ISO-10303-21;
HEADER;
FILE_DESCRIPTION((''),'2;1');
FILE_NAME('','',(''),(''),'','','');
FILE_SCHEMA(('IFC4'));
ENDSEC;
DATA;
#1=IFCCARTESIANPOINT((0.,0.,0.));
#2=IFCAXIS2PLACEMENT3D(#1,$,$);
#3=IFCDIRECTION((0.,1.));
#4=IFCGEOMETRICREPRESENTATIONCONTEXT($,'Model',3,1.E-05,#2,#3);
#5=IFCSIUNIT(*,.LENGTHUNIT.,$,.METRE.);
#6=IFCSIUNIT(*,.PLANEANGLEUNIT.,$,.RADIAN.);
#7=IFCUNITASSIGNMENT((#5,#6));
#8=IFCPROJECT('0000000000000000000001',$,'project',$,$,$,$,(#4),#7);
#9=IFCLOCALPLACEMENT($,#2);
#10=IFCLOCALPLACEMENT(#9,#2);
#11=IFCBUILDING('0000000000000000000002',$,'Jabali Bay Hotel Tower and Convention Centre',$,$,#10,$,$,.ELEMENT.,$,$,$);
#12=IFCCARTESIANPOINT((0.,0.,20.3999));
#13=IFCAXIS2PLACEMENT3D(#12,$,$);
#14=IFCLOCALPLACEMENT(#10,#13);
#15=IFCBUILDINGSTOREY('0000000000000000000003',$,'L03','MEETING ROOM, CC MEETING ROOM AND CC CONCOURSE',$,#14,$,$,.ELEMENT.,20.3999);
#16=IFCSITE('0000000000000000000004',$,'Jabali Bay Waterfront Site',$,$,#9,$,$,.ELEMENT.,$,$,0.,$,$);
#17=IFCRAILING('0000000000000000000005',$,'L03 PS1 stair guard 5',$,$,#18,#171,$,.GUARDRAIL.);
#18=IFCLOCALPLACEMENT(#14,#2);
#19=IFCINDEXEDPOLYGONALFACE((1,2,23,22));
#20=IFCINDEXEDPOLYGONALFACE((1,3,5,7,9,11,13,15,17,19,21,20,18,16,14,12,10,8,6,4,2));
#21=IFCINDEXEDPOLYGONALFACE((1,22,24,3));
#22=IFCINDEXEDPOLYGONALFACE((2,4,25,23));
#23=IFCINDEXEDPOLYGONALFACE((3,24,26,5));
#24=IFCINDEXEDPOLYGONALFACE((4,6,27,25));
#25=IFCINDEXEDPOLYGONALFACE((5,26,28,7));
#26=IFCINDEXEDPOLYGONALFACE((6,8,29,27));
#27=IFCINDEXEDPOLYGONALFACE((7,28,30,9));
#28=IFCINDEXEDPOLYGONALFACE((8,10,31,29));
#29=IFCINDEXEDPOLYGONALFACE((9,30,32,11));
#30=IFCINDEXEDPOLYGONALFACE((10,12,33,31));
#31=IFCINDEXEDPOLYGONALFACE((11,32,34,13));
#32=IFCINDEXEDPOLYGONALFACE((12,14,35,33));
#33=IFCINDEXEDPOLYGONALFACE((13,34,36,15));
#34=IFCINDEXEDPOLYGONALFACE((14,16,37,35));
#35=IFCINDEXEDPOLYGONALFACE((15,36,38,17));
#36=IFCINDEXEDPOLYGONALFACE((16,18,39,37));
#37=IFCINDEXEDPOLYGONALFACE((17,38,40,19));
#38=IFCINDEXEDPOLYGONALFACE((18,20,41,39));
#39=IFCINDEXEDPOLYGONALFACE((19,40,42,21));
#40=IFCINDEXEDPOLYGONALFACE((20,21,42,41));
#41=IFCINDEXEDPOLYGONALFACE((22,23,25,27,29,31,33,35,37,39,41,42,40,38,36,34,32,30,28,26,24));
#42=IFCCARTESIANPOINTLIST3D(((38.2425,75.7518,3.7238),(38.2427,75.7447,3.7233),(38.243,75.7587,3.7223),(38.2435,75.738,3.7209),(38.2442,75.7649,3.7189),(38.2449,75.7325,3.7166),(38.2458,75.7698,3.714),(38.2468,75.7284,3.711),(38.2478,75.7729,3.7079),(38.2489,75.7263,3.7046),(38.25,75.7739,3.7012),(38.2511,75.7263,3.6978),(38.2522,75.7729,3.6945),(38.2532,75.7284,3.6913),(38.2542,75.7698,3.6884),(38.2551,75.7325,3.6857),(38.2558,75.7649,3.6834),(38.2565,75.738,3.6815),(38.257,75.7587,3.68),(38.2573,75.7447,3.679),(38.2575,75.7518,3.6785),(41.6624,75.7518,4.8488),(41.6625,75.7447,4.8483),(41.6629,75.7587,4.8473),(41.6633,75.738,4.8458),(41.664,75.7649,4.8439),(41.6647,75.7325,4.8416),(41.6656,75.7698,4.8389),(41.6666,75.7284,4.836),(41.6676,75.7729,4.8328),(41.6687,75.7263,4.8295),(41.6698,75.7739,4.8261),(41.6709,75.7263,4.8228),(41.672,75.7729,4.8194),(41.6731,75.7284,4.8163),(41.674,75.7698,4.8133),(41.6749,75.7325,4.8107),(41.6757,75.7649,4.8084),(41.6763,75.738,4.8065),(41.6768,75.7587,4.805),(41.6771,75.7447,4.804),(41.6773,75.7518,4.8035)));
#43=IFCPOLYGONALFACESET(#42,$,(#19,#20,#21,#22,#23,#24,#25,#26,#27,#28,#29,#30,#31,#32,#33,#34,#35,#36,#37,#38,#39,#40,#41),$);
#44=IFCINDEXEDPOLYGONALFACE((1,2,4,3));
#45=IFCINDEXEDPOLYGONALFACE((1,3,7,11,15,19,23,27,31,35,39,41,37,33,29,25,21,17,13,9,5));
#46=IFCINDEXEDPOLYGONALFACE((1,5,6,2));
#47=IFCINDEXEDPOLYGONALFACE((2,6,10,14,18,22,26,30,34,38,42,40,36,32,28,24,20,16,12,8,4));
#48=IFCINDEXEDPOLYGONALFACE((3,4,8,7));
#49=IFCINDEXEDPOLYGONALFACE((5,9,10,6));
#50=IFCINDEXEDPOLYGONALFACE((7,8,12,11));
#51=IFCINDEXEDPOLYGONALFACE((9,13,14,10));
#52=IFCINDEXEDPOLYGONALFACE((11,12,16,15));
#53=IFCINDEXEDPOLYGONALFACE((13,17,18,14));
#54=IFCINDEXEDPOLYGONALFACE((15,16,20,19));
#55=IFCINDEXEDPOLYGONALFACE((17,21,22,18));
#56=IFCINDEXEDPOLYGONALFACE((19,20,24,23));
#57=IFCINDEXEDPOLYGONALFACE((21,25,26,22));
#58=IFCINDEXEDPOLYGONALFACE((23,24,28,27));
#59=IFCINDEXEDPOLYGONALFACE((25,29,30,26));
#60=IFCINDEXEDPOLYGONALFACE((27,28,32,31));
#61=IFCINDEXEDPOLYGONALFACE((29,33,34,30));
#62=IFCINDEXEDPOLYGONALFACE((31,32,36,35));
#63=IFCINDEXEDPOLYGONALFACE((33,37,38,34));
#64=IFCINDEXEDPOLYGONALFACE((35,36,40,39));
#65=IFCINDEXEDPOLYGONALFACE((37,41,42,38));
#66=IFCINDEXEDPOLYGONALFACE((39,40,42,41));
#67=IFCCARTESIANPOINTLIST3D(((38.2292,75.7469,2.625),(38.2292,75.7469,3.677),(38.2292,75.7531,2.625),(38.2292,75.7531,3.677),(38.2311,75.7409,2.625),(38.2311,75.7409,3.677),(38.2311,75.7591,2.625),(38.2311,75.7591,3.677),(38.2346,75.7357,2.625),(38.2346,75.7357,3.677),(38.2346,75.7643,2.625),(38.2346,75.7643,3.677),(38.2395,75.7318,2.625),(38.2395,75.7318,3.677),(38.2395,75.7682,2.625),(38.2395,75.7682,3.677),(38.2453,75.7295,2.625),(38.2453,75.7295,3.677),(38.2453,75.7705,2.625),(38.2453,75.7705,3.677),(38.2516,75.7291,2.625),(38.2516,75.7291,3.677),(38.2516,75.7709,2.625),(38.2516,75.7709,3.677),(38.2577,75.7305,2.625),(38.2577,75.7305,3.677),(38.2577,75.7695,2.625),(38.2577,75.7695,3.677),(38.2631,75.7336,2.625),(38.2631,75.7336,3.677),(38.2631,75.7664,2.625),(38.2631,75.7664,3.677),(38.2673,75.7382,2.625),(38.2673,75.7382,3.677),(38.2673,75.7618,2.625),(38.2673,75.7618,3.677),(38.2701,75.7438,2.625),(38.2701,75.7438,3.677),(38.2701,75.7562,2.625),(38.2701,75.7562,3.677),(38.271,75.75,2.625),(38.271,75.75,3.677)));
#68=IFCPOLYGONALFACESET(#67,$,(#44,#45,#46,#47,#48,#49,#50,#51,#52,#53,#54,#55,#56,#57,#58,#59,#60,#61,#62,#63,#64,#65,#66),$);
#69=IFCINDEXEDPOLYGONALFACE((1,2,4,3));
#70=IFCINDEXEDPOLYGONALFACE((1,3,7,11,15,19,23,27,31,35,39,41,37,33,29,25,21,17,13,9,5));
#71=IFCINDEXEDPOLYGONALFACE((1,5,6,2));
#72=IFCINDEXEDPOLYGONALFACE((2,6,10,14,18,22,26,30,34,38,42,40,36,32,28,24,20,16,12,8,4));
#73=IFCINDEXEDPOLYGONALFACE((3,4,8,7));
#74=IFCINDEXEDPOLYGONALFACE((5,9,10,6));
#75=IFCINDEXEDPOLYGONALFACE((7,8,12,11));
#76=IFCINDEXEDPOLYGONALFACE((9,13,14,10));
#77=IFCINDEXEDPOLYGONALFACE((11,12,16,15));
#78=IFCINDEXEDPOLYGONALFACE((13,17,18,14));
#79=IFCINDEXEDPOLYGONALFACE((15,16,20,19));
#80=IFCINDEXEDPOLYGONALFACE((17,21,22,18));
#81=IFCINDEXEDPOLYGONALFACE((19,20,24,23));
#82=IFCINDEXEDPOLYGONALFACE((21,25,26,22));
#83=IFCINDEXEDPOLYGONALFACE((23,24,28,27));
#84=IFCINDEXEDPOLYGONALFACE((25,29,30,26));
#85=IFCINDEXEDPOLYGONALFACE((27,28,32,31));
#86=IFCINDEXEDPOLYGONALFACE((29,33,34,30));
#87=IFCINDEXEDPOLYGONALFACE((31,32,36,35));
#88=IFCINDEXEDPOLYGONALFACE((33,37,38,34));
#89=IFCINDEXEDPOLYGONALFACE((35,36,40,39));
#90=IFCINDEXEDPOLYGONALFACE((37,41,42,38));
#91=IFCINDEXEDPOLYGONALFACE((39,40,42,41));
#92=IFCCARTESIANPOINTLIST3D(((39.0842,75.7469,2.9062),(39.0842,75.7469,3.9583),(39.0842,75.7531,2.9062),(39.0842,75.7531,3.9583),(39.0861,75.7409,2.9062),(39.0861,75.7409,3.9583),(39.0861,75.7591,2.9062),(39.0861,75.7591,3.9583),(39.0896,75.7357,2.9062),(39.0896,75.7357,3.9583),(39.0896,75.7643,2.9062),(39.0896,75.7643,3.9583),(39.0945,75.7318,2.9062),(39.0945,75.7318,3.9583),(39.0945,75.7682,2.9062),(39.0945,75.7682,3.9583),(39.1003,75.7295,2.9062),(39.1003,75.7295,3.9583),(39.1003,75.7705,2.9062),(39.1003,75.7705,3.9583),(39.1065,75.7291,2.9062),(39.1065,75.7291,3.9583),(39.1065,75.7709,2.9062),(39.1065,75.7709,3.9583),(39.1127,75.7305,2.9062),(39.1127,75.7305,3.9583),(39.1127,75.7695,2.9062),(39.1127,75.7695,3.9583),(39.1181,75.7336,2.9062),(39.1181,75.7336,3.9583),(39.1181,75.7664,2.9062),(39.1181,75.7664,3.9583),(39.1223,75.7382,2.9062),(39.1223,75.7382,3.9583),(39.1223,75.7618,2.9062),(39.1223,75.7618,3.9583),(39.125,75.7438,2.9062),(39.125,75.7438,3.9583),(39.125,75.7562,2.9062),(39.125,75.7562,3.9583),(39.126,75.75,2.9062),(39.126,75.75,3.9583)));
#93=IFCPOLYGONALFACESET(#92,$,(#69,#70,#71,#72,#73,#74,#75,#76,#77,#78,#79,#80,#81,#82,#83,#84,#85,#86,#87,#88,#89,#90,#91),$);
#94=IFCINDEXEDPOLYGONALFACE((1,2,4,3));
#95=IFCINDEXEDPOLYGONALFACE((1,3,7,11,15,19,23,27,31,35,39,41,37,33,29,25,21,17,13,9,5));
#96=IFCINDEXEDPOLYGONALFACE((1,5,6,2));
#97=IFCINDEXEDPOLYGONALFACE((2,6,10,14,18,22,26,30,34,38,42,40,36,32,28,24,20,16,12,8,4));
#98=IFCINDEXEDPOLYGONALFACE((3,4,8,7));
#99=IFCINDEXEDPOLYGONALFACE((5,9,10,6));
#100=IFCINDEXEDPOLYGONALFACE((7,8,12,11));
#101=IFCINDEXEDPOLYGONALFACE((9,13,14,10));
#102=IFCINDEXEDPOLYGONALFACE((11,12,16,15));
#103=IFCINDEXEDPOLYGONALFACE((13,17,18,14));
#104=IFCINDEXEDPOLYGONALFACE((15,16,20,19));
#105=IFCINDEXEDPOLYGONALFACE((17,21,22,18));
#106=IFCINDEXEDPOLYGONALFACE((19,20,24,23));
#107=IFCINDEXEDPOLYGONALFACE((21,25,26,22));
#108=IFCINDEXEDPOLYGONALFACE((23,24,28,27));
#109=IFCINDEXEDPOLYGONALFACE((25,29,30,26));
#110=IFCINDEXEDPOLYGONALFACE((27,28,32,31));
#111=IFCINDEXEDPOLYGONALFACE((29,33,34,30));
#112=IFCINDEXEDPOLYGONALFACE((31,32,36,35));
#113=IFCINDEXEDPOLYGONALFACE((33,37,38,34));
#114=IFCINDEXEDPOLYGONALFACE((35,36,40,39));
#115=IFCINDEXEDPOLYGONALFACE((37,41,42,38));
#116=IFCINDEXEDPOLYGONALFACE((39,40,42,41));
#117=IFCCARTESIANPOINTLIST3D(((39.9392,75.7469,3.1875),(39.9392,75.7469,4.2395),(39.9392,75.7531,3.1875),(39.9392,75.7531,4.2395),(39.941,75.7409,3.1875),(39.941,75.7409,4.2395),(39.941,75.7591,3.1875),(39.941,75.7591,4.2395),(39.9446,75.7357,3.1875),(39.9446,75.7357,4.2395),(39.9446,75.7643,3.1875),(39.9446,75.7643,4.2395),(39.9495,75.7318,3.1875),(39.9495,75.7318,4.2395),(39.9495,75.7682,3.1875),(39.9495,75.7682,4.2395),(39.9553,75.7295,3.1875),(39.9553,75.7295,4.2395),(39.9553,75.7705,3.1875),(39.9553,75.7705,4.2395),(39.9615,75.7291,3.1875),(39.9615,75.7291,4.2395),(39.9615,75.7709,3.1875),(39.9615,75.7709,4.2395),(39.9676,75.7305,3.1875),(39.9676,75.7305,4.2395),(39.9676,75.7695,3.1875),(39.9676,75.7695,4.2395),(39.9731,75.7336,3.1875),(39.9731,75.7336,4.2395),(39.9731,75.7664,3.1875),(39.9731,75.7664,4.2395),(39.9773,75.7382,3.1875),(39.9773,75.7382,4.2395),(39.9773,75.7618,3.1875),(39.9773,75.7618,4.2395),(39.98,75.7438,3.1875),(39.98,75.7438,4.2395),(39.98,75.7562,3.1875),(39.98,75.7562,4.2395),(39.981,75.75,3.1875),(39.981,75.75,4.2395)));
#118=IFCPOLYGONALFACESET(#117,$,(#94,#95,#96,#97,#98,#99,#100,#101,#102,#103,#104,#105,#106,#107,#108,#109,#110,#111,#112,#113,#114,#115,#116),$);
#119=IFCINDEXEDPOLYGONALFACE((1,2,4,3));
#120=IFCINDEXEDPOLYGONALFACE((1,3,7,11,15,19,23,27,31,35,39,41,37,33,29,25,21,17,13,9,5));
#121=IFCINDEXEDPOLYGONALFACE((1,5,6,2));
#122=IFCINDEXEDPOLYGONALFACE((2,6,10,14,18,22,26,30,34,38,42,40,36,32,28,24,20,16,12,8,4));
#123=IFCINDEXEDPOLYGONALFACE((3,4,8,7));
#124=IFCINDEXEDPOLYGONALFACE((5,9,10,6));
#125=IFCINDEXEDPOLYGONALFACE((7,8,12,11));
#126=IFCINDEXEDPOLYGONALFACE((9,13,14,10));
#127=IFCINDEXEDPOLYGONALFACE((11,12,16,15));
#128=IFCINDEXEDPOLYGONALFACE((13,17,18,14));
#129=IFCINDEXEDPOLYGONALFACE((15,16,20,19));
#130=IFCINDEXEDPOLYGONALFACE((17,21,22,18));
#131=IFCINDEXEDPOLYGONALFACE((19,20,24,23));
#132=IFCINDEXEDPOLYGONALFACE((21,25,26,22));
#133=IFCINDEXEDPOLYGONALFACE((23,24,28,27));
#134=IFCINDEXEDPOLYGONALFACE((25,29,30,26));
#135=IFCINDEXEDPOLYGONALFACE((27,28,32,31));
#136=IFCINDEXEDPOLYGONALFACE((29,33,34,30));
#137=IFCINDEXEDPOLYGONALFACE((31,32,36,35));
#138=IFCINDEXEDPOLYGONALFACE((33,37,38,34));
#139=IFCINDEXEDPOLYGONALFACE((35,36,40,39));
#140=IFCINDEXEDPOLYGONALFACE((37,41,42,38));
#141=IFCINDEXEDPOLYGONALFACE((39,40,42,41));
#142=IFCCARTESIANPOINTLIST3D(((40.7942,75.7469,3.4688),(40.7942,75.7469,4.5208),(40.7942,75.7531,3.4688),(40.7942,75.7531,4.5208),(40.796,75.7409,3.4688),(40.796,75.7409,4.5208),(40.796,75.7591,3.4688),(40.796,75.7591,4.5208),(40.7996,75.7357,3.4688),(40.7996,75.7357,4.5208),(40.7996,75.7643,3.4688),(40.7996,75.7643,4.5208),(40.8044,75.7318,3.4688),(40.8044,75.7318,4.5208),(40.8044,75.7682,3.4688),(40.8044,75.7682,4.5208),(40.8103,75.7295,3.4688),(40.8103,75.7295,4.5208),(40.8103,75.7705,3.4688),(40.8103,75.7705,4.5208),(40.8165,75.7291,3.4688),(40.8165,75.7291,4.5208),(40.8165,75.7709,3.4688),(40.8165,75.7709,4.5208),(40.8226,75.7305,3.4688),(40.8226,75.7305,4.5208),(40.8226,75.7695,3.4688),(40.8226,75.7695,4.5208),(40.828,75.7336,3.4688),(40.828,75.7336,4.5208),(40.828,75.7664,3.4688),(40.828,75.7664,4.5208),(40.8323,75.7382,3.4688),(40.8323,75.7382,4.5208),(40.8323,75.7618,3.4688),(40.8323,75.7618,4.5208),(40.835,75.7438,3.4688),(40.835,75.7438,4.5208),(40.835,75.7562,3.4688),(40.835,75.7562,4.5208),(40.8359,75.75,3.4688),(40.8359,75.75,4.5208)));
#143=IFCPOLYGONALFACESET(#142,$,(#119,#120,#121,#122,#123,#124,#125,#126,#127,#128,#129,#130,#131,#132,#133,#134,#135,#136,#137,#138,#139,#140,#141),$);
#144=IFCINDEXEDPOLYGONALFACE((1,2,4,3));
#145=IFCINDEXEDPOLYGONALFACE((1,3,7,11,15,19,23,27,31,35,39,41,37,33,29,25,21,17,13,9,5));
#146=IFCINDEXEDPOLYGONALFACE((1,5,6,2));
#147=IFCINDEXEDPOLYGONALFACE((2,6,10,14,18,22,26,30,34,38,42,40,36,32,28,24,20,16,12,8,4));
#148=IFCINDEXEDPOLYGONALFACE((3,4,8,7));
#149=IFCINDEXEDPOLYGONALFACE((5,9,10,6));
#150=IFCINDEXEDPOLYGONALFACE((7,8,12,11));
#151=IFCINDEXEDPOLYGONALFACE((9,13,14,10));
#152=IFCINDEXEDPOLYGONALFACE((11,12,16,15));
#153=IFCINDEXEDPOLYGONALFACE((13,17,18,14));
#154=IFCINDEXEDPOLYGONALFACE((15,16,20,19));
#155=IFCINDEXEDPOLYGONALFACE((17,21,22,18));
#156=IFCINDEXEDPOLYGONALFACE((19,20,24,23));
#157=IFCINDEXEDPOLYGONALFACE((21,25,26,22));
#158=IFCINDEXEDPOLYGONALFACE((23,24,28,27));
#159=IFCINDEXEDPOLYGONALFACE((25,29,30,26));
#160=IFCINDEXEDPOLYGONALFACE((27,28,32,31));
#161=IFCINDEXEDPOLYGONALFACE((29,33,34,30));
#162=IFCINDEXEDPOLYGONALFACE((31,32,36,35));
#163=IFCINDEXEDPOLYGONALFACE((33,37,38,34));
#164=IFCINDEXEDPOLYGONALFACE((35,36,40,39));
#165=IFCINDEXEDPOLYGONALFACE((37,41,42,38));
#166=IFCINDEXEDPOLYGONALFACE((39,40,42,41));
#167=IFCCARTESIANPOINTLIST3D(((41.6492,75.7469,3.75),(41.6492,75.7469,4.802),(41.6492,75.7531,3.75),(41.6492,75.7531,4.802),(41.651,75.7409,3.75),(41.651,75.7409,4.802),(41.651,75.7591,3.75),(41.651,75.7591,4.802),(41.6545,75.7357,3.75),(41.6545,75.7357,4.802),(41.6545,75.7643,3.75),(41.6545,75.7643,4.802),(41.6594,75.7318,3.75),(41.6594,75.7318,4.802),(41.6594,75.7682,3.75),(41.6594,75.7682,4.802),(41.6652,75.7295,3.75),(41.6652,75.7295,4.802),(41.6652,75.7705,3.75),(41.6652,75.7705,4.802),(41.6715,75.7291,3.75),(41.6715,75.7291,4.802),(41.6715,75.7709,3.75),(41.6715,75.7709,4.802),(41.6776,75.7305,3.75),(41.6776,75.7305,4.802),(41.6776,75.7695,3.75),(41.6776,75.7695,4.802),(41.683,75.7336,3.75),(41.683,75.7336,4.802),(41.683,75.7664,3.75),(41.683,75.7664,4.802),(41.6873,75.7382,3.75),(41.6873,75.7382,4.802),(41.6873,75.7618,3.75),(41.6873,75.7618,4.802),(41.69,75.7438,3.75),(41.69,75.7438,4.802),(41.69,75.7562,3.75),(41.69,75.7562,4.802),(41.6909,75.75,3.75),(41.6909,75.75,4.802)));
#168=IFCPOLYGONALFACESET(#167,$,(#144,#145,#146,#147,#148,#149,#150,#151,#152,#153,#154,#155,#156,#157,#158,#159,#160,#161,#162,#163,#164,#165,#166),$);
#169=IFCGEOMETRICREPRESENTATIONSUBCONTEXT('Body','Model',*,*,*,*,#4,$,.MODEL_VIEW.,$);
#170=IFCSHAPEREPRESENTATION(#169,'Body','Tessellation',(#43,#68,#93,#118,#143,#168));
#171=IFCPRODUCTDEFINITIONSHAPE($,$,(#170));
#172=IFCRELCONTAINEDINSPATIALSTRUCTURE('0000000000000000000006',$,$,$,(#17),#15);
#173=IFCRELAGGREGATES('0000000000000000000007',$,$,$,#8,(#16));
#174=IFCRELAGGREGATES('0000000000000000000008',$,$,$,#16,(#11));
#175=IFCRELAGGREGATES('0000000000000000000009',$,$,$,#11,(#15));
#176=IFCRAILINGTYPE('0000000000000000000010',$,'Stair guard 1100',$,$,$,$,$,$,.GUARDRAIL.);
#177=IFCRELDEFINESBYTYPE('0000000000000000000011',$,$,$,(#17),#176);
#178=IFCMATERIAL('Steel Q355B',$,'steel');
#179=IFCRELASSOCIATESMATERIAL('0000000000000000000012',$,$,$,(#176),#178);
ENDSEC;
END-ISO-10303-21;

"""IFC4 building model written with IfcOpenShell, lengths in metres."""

from ifc_helpers import new_model, si_unit, direction, frame, origin, origin_2d, place, context, subcontext, project, spatial, circle, extrude, material, type_object, element, save


model = new_model("IFC4")

# Units and contexts
model_context = context("Model", 3, precision=1e-05, world=origin(), true_north=direction((0.0, 1.0)))
body_context = subcontext(model_context, "Body", "Model", "MODEL_VIEW")
ifc_project = project(units=[si_unit("LENGTHUNIT", "METRE"), si_unit("PLANEANGLEUNIT", "RADIAN")], contexts=[model_context])

# Site, building, storey
site_placement = place(None, origin())
site = spatial("IfcSite", under=ifc_project, at=site_placement, Name="Jabali Bay Waterfront Site", CompositionType="ELEMENT", RefElevation=0.0)
building_placement = place(site_placement, origin())
building = spatial("IfcBuilding", under=site, at=building_placement, Name="Jabali Bay Hotel Tower and Convention Centre", CompositionType="ELEMENT")
storey_placement = place(building_placement, frame((0.0, 0.0, 20.3999)))
storey = spatial("IfcBuildingStorey", under=building, at=storey_placement, Name="L03", Description="MEETING ROOM, CC MEETING ROOM AND CC CONCOURSE", CompositionType="ELEMENT", Elevation=20.3999)

# Railing
ifc_material_1 = material(Name="Steel Q355B", Category="steel")
railing_type_1 = type_object("IfcRailingType", Name="Stair guard 1100", PredefinedType="GUARDRAIL", material=ifc_material_1)
railing_1_placement = place(storey_placement, frame((38.25, 75.75, 2.625)))
element("IfcRailing", 1, at=railing_1_placement, inside=storey, type_object=railing_type_1, Name="L03 PS1 stair guard 5", PredefinedType="GUARDRAIL", context=body_context, shape_type="SweptSolid", body=[
    extrude(circle(Radius=0.0239, at=origin_2d()), frame((0.0, 0.0, 1.0762), z_axis=(0.949924, 0.0, 0.312482), x_axis=(0.0, 1.0, 0.0)), (0.0, 0.0, 1.0), 3.6001),
    extrude(circle(Radius=0.021, at=origin_2d()), origin(), (0.0, 0.0, 1.0), 1.052),
    extrude(circle(Radius=0.021, at=origin_2d()), frame((0.855, 0.0, 0.2812)), (0.0, 0.0, 1.0), 1.052),
    extrude(circle(Radius=0.021, at=origin_2d()), frame((1.71, 0.0, 0.5625)), (0.0, 0.0, 1.0), 1.052),
    extrude(circle(Radius=0.021, at=origin_2d()), frame((2.5649, 0.0, 0.8438)), (0.0, 0.0, 1.0), 1.052),
    extrude(circle(Radius=0.021, at=origin_2d()), frame((3.4199, 0.0, 1.125)), (0.0, 0.0, 1.0), 1.052),
])

save(model, "model.ifc")
